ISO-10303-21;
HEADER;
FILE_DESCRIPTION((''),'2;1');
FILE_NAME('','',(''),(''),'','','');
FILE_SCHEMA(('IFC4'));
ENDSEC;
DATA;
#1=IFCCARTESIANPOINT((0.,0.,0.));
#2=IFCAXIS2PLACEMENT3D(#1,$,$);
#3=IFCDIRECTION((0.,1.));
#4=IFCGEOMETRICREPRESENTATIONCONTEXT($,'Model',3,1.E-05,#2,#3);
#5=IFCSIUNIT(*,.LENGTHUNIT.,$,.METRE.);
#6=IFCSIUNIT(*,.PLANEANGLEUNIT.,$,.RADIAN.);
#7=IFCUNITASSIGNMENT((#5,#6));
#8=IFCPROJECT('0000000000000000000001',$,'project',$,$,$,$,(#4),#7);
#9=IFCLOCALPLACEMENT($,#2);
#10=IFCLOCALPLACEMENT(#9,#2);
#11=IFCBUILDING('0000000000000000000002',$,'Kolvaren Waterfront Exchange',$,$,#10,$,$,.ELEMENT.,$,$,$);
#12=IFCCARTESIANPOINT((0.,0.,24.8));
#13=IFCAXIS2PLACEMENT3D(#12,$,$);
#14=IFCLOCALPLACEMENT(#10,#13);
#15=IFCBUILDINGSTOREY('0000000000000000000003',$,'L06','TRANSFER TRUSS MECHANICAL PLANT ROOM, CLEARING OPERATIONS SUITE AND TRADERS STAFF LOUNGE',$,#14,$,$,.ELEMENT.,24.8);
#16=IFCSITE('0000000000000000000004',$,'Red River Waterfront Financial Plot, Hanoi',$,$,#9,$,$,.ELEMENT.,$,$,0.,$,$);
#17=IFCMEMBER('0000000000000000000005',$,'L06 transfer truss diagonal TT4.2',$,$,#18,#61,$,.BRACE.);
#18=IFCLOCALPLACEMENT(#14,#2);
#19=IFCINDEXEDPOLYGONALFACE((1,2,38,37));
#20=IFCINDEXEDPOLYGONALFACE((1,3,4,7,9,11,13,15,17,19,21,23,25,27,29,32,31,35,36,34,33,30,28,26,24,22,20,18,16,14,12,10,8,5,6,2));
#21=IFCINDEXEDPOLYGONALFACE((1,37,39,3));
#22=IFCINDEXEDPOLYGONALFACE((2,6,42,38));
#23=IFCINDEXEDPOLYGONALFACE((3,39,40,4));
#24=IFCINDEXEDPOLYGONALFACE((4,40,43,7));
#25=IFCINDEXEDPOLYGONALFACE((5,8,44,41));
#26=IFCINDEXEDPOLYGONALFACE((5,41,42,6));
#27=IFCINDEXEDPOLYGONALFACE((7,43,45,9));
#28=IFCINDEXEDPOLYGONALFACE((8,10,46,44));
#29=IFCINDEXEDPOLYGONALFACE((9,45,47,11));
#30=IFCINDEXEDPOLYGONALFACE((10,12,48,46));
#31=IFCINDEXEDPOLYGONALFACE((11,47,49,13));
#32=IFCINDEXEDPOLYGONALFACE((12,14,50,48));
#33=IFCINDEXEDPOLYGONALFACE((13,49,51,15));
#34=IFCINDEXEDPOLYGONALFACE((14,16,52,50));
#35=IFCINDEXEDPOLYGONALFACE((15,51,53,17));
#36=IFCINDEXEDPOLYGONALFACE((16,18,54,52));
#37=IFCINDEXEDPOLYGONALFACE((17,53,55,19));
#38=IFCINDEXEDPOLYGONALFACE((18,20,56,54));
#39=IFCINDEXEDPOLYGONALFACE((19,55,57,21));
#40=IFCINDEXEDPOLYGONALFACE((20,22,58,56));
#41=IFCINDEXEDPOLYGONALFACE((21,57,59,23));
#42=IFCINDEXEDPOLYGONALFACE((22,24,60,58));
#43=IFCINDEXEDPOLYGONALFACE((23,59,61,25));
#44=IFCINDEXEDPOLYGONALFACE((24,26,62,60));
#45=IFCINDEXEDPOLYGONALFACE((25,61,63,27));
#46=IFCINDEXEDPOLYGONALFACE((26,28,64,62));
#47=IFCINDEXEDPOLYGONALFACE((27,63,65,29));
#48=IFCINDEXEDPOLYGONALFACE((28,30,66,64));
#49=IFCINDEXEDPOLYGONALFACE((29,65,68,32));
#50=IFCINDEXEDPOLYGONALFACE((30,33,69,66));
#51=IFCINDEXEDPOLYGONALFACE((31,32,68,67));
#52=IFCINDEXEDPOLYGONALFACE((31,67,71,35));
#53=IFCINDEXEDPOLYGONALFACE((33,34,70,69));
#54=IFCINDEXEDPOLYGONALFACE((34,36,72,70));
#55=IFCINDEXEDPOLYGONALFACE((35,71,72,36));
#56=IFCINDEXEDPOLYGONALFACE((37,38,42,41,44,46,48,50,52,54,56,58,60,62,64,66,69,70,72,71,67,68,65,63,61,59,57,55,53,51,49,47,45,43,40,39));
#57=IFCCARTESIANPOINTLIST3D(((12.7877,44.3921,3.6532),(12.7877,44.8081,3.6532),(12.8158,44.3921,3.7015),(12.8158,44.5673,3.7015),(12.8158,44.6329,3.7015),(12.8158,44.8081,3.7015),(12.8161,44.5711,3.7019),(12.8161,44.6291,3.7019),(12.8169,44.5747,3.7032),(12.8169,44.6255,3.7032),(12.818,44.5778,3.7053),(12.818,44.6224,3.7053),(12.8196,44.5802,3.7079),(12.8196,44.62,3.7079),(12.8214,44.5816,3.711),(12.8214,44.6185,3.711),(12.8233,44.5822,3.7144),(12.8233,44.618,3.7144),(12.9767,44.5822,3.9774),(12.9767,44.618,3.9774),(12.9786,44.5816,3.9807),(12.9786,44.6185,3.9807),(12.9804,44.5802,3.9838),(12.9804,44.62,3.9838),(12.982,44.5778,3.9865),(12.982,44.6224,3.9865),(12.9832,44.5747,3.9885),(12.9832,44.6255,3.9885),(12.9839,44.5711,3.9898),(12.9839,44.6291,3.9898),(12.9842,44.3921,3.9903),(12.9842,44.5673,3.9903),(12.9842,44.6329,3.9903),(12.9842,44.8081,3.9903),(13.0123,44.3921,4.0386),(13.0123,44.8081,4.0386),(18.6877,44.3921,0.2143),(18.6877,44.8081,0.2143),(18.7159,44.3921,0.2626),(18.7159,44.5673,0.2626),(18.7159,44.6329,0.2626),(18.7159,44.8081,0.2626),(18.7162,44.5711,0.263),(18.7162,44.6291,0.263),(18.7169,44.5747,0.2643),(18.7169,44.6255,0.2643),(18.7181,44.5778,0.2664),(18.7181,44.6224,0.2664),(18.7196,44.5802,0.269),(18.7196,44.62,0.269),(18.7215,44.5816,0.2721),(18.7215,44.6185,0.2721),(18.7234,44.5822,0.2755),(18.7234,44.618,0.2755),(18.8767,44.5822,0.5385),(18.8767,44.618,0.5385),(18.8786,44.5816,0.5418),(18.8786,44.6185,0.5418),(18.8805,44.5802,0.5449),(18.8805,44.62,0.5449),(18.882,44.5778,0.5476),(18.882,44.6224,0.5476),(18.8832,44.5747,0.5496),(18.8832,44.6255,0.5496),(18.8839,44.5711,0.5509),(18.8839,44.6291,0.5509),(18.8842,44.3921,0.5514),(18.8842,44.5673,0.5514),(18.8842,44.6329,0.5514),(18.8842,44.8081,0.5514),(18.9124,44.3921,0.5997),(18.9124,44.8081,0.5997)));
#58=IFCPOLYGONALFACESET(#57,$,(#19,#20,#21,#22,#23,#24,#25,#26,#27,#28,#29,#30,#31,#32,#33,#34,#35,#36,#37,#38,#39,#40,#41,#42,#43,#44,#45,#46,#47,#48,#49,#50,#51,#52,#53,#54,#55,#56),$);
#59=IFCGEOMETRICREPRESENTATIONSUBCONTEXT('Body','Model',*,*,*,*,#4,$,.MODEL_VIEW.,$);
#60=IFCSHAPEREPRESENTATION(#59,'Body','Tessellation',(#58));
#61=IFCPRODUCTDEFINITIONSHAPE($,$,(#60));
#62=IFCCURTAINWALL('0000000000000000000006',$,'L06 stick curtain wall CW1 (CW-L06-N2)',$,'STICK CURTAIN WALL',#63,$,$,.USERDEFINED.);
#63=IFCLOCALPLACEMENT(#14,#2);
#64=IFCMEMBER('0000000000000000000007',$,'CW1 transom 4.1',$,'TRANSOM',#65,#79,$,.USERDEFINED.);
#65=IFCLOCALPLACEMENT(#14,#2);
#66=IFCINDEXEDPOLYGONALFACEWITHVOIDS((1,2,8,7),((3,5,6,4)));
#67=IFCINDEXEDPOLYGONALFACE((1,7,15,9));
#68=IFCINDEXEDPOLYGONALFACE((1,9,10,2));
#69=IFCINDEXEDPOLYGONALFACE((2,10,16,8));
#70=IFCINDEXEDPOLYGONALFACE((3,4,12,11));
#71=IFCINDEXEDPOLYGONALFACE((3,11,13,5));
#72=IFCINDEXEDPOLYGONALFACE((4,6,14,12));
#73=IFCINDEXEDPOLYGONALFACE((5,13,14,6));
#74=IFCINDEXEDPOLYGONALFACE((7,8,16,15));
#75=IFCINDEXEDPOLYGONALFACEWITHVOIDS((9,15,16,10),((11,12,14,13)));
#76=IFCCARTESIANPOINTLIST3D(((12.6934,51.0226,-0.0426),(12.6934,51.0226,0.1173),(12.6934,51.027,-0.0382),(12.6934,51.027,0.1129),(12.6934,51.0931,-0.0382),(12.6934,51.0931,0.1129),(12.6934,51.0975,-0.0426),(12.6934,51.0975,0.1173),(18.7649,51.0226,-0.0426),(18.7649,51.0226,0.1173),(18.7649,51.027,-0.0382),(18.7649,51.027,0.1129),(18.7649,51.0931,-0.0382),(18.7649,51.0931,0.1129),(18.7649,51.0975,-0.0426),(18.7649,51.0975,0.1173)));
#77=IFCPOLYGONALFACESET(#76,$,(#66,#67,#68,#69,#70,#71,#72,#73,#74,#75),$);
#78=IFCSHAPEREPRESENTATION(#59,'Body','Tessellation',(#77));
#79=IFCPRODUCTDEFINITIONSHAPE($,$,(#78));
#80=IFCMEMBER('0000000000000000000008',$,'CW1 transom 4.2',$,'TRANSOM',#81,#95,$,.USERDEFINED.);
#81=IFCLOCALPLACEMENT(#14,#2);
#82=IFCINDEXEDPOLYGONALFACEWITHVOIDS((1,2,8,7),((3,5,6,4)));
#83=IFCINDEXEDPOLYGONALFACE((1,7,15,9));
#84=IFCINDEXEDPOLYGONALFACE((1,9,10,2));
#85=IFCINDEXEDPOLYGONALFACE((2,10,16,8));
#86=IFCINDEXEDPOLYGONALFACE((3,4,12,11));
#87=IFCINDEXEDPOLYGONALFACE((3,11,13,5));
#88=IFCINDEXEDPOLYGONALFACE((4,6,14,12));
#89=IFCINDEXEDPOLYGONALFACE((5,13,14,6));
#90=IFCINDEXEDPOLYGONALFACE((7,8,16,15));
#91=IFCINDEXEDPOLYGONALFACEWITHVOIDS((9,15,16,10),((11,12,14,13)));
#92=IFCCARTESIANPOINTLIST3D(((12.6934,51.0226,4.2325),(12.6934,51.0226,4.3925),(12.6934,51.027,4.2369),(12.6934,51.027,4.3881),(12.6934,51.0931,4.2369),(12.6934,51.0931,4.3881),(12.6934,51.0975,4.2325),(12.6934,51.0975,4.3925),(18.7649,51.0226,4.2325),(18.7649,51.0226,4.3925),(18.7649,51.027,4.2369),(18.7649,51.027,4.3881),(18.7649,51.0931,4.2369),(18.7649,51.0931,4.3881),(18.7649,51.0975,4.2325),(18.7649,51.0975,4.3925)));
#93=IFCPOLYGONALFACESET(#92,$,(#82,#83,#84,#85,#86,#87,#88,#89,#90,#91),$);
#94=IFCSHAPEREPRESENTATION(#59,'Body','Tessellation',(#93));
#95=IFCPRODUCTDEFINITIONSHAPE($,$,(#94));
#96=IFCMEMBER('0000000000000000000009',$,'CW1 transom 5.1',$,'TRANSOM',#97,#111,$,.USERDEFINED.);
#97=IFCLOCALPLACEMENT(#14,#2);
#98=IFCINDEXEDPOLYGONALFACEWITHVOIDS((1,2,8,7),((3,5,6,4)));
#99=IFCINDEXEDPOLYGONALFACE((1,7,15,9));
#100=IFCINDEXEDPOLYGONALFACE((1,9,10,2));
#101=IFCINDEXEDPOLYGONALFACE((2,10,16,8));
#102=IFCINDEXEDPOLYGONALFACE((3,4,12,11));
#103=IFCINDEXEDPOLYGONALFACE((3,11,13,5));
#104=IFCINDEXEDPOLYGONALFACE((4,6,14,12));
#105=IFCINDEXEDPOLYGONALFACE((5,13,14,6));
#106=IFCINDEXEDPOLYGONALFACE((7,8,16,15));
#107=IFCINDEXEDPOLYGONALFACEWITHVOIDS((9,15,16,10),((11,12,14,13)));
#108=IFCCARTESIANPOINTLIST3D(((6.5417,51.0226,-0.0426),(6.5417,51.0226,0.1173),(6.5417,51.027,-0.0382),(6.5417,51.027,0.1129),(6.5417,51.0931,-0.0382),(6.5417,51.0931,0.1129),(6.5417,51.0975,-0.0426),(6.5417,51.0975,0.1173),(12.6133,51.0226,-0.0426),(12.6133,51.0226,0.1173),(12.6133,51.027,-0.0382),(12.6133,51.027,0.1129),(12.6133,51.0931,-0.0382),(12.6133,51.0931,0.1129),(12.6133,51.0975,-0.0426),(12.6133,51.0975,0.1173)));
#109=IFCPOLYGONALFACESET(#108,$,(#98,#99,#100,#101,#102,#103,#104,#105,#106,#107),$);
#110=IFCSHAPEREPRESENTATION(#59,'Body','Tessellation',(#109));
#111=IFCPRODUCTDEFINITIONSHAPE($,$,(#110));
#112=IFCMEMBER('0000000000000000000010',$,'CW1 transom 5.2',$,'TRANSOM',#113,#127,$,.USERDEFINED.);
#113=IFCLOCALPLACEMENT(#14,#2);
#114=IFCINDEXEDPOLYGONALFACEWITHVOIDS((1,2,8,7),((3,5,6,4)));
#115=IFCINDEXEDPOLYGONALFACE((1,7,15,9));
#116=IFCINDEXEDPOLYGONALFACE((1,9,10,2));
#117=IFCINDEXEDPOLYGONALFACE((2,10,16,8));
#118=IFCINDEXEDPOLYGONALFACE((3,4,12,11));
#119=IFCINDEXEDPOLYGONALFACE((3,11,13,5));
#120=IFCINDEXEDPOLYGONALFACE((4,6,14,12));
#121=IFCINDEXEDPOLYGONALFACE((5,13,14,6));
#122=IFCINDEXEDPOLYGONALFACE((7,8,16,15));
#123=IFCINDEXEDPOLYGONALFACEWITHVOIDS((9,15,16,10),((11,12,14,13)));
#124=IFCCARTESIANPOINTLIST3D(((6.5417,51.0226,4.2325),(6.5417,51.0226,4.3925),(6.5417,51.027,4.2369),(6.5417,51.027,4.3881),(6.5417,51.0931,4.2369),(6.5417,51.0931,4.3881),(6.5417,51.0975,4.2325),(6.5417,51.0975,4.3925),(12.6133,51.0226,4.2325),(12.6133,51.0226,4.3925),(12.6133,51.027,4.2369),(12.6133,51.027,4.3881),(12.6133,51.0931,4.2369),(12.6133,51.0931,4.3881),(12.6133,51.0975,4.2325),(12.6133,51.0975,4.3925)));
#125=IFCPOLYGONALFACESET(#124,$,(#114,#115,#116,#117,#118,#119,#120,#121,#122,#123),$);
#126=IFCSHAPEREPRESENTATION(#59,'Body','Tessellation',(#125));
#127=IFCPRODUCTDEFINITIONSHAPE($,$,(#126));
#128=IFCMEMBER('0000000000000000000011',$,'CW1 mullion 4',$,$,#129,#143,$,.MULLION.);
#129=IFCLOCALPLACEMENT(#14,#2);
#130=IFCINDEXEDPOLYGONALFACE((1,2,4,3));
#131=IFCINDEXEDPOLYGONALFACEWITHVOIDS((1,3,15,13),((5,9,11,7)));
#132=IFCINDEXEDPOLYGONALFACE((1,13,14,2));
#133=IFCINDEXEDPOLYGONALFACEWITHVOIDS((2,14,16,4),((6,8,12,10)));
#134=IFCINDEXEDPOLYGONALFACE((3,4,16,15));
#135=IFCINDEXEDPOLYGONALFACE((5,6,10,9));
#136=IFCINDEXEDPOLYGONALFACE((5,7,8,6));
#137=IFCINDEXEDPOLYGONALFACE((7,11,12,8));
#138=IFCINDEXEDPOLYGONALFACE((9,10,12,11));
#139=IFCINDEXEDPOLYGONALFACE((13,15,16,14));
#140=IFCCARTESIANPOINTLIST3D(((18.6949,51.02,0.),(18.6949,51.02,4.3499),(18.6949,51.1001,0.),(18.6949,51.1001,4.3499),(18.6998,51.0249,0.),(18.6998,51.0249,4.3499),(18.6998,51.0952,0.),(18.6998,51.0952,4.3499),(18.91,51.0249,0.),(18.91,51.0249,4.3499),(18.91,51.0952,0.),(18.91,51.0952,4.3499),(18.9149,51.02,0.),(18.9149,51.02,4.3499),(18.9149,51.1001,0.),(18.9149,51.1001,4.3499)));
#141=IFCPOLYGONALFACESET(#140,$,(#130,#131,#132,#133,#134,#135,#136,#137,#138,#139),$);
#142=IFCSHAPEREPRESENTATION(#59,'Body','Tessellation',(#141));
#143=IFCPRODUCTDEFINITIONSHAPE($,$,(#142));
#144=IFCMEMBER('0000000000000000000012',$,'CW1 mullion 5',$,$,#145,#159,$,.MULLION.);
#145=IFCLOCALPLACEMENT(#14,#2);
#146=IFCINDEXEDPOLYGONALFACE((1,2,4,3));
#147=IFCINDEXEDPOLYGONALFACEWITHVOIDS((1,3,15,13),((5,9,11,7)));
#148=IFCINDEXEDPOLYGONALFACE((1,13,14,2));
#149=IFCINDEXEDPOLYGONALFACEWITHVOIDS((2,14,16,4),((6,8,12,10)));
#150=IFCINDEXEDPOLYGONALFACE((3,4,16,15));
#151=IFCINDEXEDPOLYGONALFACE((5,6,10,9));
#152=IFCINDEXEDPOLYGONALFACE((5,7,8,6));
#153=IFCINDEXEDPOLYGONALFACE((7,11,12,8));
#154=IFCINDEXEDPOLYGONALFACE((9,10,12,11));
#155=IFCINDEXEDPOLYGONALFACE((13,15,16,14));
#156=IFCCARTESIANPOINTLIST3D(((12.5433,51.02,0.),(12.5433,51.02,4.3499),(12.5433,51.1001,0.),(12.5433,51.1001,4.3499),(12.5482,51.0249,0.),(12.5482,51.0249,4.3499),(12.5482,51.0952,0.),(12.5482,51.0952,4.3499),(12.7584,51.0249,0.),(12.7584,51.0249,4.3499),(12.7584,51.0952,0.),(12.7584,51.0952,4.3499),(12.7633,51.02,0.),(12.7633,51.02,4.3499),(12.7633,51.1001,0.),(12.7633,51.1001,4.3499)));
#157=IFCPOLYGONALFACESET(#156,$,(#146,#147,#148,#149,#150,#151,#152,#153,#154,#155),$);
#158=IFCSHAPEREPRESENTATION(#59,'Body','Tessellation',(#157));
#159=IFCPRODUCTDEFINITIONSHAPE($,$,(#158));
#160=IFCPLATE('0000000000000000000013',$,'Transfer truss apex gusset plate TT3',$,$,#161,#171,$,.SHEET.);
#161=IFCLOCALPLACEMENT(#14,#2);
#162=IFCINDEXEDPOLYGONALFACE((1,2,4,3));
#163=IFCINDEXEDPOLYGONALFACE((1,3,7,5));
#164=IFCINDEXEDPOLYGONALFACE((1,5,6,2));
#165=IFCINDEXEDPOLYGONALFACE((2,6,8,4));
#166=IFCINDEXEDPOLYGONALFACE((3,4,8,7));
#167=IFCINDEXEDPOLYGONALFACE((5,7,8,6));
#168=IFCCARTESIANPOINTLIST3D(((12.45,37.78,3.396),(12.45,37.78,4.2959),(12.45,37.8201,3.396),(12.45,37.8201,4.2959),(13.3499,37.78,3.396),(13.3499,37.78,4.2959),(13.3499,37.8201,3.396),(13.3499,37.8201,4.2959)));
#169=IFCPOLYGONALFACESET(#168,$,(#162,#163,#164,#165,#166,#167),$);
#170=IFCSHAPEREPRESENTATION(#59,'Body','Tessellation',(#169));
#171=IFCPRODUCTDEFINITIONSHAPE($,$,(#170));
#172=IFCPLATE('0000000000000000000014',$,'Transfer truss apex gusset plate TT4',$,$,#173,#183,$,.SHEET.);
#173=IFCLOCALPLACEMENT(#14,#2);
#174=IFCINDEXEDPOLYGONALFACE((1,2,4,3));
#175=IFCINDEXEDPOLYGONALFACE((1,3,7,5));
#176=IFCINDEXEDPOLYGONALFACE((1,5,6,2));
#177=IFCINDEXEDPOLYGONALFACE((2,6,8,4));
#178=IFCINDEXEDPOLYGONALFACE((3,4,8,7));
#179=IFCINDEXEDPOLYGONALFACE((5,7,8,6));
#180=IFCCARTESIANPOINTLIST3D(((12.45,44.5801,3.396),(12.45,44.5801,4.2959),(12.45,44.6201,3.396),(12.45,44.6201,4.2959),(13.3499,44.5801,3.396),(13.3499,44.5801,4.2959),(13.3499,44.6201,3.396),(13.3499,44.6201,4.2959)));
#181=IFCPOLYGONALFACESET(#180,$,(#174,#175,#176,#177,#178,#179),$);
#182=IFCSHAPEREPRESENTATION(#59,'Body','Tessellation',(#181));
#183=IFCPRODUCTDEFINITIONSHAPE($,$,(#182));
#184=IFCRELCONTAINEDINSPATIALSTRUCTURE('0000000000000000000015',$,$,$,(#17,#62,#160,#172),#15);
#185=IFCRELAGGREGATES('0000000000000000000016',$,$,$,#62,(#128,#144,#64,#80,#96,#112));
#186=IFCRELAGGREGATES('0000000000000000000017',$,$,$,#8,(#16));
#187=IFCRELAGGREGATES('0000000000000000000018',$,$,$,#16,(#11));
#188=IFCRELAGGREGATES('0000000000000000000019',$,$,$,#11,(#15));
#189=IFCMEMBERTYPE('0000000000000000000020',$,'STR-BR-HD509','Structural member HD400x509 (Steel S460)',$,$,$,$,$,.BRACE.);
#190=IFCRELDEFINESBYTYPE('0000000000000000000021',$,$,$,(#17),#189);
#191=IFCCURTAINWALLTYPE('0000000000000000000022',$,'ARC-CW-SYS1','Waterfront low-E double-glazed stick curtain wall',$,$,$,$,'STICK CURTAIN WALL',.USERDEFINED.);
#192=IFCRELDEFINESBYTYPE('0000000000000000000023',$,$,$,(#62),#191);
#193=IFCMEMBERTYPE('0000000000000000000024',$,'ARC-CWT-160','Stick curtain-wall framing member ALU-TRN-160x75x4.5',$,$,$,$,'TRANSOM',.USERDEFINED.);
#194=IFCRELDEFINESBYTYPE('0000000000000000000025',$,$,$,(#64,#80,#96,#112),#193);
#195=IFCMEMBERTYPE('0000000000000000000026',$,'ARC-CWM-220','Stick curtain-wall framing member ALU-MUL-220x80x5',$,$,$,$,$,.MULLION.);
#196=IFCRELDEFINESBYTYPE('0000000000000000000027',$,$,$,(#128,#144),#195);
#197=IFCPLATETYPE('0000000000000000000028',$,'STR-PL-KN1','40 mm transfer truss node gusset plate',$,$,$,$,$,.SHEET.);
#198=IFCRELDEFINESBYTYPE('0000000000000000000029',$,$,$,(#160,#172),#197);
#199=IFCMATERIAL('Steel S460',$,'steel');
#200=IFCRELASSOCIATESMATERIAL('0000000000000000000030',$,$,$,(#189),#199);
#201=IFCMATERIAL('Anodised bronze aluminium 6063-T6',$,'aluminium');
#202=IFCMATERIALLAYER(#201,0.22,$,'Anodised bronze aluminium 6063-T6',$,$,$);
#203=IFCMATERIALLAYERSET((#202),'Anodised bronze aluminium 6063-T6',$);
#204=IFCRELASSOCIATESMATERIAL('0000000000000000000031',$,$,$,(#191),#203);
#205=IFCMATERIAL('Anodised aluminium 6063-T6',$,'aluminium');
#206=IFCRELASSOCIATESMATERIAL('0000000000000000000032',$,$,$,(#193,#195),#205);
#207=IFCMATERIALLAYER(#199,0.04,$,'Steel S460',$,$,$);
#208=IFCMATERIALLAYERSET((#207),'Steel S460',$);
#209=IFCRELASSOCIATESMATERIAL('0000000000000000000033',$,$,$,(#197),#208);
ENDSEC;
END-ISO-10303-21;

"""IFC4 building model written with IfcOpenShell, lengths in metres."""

from ifc_helpers import new_model, si_unit, direction, frame, origin, origin_with_axes, origin_2d, place, context, subcontext, project, spatial, rectangle, hollow_rectangle, i_section, extrude, source, transform, mapped, material, layer, layer_set, material_profile, profile_set, type_object, element, aggregate, save


model = new_model("IFC4")

# Units and contexts
model_context = context("Model", 3, precision=1e-05, world=origin(), true_north=direction((0.0, 1.0)))
body_context = subcontext(model_context, "Body", "Model", "MODEL_VIEW")
ifc_project = project(units=[si_unit("LENGTHUNIT", "METRE"), si_unit("PLANEANGLEUNIT", "RADIAN")], contexts=[model_context])

# Site, building, storey
site_placement = place(None, origin())
site = spatial("IfcSite", under=ifc_project, at=site_placement, Name="Red River Waterfront Financial Plot, Hanoi", CompositionType="ELEMENT", RefElevation=0.0)
building_placement = place(site_placement, origin())
building = spatial("IfcBuilding", under=site, at=building_placement, Name="Kolvaren Waterfront Exchange", CompositionType="ELEMENT")
storey_placement = place(building_placement, frame((0.0, 0.0, 24.8)))
storey = spatial("IfcBuildingStorey", under=building, at=storey_placement, Name="L06", Description="TRANSFER TRUSS MECHANICAL PLANT ROOM, CLEARING OPERATIONS SUITE AND TRADERS STAFF LOUNGE", CompositionType="ELEMENT", Elevation=24.8)

# Member
ifc_material_1 = material(Name="Steel S460", Category="steel")
ifc_material_profile_1 = material_profile(ifc_material_1, i_section(OverallWidth=0.416, OverallDepth=0.446, WebThickness=0.0359, FlangeThickness=0.0559, FilletRadius=0.0149, at=origin_2d()), Name="HD400x509")
ifc_profile_set_1 = profile_set([ifc_material_profile_1], Name="Steel S460")
member_type_1 = type_object("IfcMemberType", Name="STR-BR-HD509", Description="Structural member HD400x509 (Steel S460)", PredefinedType="BRACE", material=ifc_profile_set_1)
for number, where, z_axis, x_axis, name in (
    (1, (18.8, 44.6001, 0.407), (-0.863956, 0.0, 0.503566), (0.0, -1.0, 0.0), "L06 transfer truss diagonal TT4.2"),
):
    element("IfcMember", number, at=place(storey_placement, frame(where, z_axis=z_axis, x_axis=x_axis)), inside=storey, type_object=member_type_1, Name=name, PredefinedType="BRACE", context=body_context, shape_type="SweptSolid", body=[
        extrude(i_section(OverallWidth=0.416, OverallDepth=0.446, WebThickness=0.0359, FlangeThickness=0.0559, FilletRadius=0.0149, at=origin_2d()), origin(), (0.0, 0.0, 1.0), 6.8291),
    ])

# Curtain wall, members
ifc_material_2 = material(Name="Anodised bronze aluminium 6063-T6", Category="aluminium")
ifc_layer_1 = layer(ifc_material_2, 0.22, Name="Anodised bronze aluminium 6063-T6")
ifc_layer_set_1 = layer_set([ifc_layer_1], Name="Anodised bronze aluminium 6063-T6")
curtain_wall_type = type_object("IfcCurtainWallType", Name="ARC-CW-SYS1", Description="Waterfront low-E double-glazed stick curtain wall", ElementType="STICK CURTAIN WALL", PredefinedType="USERDEFINED", material=ifc_layer_set_1)
curtain_wall_placement = place(storey_placement, origin())
curtain_wall = element("IfcCurtainWall", 2, at=curtain_wall_placement, inside=storey, type_object=curtain_wall_type, Name="L06 stick curtain wall CW1 (CW-L06-N2)", ObjectType="STICK CURTAIN WALL", PredefinedType="USERDEFINED")
ifc_material_3 = material(Name="Anodised aluminium 6063-T6", Category="aluminium")
ifc_material_profile_2 = material_profile(ifc_material_3, hollow_rectangle(XDim=0.075, YDim=0.1599, WallThickness=0.0044, at=origin_2d()), Name="ALU-TRN-160x75x4.5")
ifc_profile_set_2 = profile_set([ifc_material_profile_2], Name="Anodised aluminium 6063-T6")
member_type_2 = type_object("IfcMemberType", Name="ARC-CWT-160", Description="Stick curtain-wall framing member ALU-TRN-160x75x4.5", ElementType="TRANSOM", PredefinedType="USERDEFINED", material=ifc_profile_set_2)
shared_shape_1 = source(origin_with_axes(), body_context, "Body", "SweptSolid", [
    extrude(hollow_rectangle(XDim=0.075, YDim=0.1599, WallThickness=0.0044, at=origin_2d()), origin(), (0.0, 0.0, 1.0), 6.0715),
])
member_1_placement = place(storey_placement, frame((18.7649, 51.0601, 0.0374), z_axis=(-1.0, 0.0, 0.0), x_axis=(0.0, -1.0, 0.0)))
member_1 = element("IfcMember", 3, at=member_1_placement, type_object=member_type_2, Name="CW1 transom 4.1", ObjectType="TRANSOM", PredefinedType="USERDEFINED", context=body_context, shape_type="MappedRepresentation", body=[
    mapped(shared_shape_1, transform((0.0, 0.0, 0.0), x_axis=(1.0, 0.0, 0.0), y_axis=(0.0, 1.0, 0.0), z_axis=(0.0, 0.0, 1.0), scale=1.0)),
])
member_2_placement = place(storey_placement, frame((18.7649, 51.0601, 4.3125), z_axis=(-1.0, 0.0, 0.0), x_axis=(0.0, -1.0, 0.0)))
member_2 = element("IfcMember", 4, at=member_2_placement, type_object=member_type_2, Name="CW1 transom 4.2", ObjectType="TRANSOM", PredefinedType="USERDEFINED", context=body_context, shape_type="MappedRepresentation", body=[
    mapped(shared_shape_1, transform((0.0, 0.0, 0.0), x_axis=(1.0, 0.0, 0.0), y_axis=(0.0, 1.0, 0.0), z_axis=(0.0, 0.0, 1.0), scale=1.0)),
])
member_3_placement = place(storey_placement, frame((12.6133, 51.0601, 0.0374), z_axis=(-1.0, 0.0, 0.0), x_axis=(0.0, -1.0, 0.0)))
member_3 = element("IfcMember", 5, at=member_3_placement, type_object=member_type_2, Name="CW1 transom 5.1", ObjectType="TRANSOM", PredefinedType="USERDEFINED", context=body_context, shape_type="MappedRepresentation", body=[
    mapped(shared_shape_1, transform((0.0, 0.0, 0.0), x_axis=(1.0, 0.0, 0.0), y_axis=(0.0, 1.0, 0.0), z_axis=(0.0, 0.0, 1.0), scale=1.0)),
])
member_4_placement = place(storey_placement, frame((12.6133, 51.0601, 4.3125), z_axis=(-1.0, 0.0, 0.0), x_axis=(0.0, -1.0, 0.0)))
member_4 = element("IfcMember", 6, at=member_4_placement, type_object=member_type_2, Name="CW1 transom 5.2", ObjectType="TRANSOM", PredefinedType="USERDEFINED", context=body_context, shape_type="MappedRepresentation", body=[
    mapped(shared_shape_1, transform((0.0, 0.0, 0.0), x_axis=(1.0, 0.0, 0.0), y_axis=(0.0, 1.0, 0.0), z_axis=(0.0, 0.0, 1.0), scale=1.0)),
])
ifc_material_profile_3 = material_profile(ifc_material_3, hollow_rectangle(XDim=0.0801, YDim=0.22, WallThickness=0.0049, at=origin_2d()), Name="ALU-MUL-220x80x5")
ifc_profile_set_3 = profile_set([ifc_material_profile_3], Name="Anodised aluminium 6063-T6")
member_type_3 = type_object("IfcMemberType", Name="ARC-CWM-220", Description="Stick curtain-wall framing member ALU-MUL-220x80x5", PredefinedType="MULLION", material=ifc_profile_set_3)
shared_shape_2 = source(origin_with_axes(), body_context, "Body", "SweptSolid", [
    extrude(hollow_rectangle(XDim=0.0801, YDim=0.22, WallThickness=0.0049, at=origin_2d()), origin(), (0.0, 0.0, 1.0), 4.3499),
])
member_5_placement = place(storey_placement, frame((18.8049, 51.0601, 0.0), z_axis=(0.0, 0.0, 1.0), x_axis=(0.0, -1.0, 0.0)))
member_5 = element("IfcMember", 7, at=member_5_placement, type_object=member_type_3, Name="CW1 mullion 4", PredefinedType="MULLION", context=body_context, shape_type="MappedRepresentation", body=[
    mapped(shared_shape_2, transform((0.0, 0.0, 0.0), x_axis=(1.0, 0.0, 0.0), y_axis=(0.0, 1.0, 0.0), z_axis=(0.0, 0.0, 1.0), scale=1.0)),
])
member_6_placement = place(storey_placement, frame((12.6533, 51.0601, 0.0), z_axis=(0.0, 0.0, 1.0), x_axis=(0.0, -1.0, 0.0)))
member_6 = element("IfcMember", 8, at=member_6_placement, type_object=member_type_3, Name="CW1 mullion 5", PredefinedType="MULLION", context=body_context, shape_type="MappedRepresentation", body=[
    mapped(shared_shape_2, transform((0.0, 0.0, 0.0), x_axis=(1.0, 0.0, 0.0), y_axis=(0.0, 1.0, 0.0), z_axis=(0.0, 0.0, 1.0), scale=1.0)),
])

# Plates
ifc_layer_2 = layer(ifc_material_1, 0.04, Name="Steel S460")
ifc_layer_set_2 = layer_set([ifc_layer_2], Name="Steel S460")
plate_type_1 = type_object("IfcPlateType", Name="STR-PL-KN1", Description="40 mm transfer truss node gusset plate", PredefinedType="SHEET", material=ifc_layer_set_2)
shared_shape_3 = source(origin_with_axes(), body_context, "Body", "SweptSolid", [
    extrude(rectangle(XDim=0.8999, YDim=0.04, at=origin_2d()), origin(), (0.0, 0.0, 1.0), 0.8999),
])
for number, where, z_axis, x_axis, name in (
    (9, (12.8999, 37.8, 3.396), (0.0, 0.0, 1.0), (1.0, 0.0, 0.0), "Transfer truss apex gusset plate TT3"),
    (10, (12.8999, 44.6001, 3.396), (0.0, 0.0, 1.0), (1.0, 0.0, 0.0), "Transfer truss apex gusset plate TT4"),
):
    element("IfcPlate", number, at=place(storey_placement, frame(where, z_axis=z_axis, x_axis=x_axis)), inside=storey, type_object=plate_type_1, Name=name, PredefinedType="SHEET", context=body_context, shape_type="MappedRepresentation", body=[
        mapped(shared_shape_3, transform((0.0, 0.0, 0.0), x_axis=(1.0, 0.0, 0.0), y_axis=(0.0, 1.0, 0.0), z_axis=(0.0, 0.0, 1.0), scale=1.0)),
    ])

aggregate(curtain_wall, [member_5, member_6, member_1, member_2, member_3, member_4])

save(model, "model.ifc")
